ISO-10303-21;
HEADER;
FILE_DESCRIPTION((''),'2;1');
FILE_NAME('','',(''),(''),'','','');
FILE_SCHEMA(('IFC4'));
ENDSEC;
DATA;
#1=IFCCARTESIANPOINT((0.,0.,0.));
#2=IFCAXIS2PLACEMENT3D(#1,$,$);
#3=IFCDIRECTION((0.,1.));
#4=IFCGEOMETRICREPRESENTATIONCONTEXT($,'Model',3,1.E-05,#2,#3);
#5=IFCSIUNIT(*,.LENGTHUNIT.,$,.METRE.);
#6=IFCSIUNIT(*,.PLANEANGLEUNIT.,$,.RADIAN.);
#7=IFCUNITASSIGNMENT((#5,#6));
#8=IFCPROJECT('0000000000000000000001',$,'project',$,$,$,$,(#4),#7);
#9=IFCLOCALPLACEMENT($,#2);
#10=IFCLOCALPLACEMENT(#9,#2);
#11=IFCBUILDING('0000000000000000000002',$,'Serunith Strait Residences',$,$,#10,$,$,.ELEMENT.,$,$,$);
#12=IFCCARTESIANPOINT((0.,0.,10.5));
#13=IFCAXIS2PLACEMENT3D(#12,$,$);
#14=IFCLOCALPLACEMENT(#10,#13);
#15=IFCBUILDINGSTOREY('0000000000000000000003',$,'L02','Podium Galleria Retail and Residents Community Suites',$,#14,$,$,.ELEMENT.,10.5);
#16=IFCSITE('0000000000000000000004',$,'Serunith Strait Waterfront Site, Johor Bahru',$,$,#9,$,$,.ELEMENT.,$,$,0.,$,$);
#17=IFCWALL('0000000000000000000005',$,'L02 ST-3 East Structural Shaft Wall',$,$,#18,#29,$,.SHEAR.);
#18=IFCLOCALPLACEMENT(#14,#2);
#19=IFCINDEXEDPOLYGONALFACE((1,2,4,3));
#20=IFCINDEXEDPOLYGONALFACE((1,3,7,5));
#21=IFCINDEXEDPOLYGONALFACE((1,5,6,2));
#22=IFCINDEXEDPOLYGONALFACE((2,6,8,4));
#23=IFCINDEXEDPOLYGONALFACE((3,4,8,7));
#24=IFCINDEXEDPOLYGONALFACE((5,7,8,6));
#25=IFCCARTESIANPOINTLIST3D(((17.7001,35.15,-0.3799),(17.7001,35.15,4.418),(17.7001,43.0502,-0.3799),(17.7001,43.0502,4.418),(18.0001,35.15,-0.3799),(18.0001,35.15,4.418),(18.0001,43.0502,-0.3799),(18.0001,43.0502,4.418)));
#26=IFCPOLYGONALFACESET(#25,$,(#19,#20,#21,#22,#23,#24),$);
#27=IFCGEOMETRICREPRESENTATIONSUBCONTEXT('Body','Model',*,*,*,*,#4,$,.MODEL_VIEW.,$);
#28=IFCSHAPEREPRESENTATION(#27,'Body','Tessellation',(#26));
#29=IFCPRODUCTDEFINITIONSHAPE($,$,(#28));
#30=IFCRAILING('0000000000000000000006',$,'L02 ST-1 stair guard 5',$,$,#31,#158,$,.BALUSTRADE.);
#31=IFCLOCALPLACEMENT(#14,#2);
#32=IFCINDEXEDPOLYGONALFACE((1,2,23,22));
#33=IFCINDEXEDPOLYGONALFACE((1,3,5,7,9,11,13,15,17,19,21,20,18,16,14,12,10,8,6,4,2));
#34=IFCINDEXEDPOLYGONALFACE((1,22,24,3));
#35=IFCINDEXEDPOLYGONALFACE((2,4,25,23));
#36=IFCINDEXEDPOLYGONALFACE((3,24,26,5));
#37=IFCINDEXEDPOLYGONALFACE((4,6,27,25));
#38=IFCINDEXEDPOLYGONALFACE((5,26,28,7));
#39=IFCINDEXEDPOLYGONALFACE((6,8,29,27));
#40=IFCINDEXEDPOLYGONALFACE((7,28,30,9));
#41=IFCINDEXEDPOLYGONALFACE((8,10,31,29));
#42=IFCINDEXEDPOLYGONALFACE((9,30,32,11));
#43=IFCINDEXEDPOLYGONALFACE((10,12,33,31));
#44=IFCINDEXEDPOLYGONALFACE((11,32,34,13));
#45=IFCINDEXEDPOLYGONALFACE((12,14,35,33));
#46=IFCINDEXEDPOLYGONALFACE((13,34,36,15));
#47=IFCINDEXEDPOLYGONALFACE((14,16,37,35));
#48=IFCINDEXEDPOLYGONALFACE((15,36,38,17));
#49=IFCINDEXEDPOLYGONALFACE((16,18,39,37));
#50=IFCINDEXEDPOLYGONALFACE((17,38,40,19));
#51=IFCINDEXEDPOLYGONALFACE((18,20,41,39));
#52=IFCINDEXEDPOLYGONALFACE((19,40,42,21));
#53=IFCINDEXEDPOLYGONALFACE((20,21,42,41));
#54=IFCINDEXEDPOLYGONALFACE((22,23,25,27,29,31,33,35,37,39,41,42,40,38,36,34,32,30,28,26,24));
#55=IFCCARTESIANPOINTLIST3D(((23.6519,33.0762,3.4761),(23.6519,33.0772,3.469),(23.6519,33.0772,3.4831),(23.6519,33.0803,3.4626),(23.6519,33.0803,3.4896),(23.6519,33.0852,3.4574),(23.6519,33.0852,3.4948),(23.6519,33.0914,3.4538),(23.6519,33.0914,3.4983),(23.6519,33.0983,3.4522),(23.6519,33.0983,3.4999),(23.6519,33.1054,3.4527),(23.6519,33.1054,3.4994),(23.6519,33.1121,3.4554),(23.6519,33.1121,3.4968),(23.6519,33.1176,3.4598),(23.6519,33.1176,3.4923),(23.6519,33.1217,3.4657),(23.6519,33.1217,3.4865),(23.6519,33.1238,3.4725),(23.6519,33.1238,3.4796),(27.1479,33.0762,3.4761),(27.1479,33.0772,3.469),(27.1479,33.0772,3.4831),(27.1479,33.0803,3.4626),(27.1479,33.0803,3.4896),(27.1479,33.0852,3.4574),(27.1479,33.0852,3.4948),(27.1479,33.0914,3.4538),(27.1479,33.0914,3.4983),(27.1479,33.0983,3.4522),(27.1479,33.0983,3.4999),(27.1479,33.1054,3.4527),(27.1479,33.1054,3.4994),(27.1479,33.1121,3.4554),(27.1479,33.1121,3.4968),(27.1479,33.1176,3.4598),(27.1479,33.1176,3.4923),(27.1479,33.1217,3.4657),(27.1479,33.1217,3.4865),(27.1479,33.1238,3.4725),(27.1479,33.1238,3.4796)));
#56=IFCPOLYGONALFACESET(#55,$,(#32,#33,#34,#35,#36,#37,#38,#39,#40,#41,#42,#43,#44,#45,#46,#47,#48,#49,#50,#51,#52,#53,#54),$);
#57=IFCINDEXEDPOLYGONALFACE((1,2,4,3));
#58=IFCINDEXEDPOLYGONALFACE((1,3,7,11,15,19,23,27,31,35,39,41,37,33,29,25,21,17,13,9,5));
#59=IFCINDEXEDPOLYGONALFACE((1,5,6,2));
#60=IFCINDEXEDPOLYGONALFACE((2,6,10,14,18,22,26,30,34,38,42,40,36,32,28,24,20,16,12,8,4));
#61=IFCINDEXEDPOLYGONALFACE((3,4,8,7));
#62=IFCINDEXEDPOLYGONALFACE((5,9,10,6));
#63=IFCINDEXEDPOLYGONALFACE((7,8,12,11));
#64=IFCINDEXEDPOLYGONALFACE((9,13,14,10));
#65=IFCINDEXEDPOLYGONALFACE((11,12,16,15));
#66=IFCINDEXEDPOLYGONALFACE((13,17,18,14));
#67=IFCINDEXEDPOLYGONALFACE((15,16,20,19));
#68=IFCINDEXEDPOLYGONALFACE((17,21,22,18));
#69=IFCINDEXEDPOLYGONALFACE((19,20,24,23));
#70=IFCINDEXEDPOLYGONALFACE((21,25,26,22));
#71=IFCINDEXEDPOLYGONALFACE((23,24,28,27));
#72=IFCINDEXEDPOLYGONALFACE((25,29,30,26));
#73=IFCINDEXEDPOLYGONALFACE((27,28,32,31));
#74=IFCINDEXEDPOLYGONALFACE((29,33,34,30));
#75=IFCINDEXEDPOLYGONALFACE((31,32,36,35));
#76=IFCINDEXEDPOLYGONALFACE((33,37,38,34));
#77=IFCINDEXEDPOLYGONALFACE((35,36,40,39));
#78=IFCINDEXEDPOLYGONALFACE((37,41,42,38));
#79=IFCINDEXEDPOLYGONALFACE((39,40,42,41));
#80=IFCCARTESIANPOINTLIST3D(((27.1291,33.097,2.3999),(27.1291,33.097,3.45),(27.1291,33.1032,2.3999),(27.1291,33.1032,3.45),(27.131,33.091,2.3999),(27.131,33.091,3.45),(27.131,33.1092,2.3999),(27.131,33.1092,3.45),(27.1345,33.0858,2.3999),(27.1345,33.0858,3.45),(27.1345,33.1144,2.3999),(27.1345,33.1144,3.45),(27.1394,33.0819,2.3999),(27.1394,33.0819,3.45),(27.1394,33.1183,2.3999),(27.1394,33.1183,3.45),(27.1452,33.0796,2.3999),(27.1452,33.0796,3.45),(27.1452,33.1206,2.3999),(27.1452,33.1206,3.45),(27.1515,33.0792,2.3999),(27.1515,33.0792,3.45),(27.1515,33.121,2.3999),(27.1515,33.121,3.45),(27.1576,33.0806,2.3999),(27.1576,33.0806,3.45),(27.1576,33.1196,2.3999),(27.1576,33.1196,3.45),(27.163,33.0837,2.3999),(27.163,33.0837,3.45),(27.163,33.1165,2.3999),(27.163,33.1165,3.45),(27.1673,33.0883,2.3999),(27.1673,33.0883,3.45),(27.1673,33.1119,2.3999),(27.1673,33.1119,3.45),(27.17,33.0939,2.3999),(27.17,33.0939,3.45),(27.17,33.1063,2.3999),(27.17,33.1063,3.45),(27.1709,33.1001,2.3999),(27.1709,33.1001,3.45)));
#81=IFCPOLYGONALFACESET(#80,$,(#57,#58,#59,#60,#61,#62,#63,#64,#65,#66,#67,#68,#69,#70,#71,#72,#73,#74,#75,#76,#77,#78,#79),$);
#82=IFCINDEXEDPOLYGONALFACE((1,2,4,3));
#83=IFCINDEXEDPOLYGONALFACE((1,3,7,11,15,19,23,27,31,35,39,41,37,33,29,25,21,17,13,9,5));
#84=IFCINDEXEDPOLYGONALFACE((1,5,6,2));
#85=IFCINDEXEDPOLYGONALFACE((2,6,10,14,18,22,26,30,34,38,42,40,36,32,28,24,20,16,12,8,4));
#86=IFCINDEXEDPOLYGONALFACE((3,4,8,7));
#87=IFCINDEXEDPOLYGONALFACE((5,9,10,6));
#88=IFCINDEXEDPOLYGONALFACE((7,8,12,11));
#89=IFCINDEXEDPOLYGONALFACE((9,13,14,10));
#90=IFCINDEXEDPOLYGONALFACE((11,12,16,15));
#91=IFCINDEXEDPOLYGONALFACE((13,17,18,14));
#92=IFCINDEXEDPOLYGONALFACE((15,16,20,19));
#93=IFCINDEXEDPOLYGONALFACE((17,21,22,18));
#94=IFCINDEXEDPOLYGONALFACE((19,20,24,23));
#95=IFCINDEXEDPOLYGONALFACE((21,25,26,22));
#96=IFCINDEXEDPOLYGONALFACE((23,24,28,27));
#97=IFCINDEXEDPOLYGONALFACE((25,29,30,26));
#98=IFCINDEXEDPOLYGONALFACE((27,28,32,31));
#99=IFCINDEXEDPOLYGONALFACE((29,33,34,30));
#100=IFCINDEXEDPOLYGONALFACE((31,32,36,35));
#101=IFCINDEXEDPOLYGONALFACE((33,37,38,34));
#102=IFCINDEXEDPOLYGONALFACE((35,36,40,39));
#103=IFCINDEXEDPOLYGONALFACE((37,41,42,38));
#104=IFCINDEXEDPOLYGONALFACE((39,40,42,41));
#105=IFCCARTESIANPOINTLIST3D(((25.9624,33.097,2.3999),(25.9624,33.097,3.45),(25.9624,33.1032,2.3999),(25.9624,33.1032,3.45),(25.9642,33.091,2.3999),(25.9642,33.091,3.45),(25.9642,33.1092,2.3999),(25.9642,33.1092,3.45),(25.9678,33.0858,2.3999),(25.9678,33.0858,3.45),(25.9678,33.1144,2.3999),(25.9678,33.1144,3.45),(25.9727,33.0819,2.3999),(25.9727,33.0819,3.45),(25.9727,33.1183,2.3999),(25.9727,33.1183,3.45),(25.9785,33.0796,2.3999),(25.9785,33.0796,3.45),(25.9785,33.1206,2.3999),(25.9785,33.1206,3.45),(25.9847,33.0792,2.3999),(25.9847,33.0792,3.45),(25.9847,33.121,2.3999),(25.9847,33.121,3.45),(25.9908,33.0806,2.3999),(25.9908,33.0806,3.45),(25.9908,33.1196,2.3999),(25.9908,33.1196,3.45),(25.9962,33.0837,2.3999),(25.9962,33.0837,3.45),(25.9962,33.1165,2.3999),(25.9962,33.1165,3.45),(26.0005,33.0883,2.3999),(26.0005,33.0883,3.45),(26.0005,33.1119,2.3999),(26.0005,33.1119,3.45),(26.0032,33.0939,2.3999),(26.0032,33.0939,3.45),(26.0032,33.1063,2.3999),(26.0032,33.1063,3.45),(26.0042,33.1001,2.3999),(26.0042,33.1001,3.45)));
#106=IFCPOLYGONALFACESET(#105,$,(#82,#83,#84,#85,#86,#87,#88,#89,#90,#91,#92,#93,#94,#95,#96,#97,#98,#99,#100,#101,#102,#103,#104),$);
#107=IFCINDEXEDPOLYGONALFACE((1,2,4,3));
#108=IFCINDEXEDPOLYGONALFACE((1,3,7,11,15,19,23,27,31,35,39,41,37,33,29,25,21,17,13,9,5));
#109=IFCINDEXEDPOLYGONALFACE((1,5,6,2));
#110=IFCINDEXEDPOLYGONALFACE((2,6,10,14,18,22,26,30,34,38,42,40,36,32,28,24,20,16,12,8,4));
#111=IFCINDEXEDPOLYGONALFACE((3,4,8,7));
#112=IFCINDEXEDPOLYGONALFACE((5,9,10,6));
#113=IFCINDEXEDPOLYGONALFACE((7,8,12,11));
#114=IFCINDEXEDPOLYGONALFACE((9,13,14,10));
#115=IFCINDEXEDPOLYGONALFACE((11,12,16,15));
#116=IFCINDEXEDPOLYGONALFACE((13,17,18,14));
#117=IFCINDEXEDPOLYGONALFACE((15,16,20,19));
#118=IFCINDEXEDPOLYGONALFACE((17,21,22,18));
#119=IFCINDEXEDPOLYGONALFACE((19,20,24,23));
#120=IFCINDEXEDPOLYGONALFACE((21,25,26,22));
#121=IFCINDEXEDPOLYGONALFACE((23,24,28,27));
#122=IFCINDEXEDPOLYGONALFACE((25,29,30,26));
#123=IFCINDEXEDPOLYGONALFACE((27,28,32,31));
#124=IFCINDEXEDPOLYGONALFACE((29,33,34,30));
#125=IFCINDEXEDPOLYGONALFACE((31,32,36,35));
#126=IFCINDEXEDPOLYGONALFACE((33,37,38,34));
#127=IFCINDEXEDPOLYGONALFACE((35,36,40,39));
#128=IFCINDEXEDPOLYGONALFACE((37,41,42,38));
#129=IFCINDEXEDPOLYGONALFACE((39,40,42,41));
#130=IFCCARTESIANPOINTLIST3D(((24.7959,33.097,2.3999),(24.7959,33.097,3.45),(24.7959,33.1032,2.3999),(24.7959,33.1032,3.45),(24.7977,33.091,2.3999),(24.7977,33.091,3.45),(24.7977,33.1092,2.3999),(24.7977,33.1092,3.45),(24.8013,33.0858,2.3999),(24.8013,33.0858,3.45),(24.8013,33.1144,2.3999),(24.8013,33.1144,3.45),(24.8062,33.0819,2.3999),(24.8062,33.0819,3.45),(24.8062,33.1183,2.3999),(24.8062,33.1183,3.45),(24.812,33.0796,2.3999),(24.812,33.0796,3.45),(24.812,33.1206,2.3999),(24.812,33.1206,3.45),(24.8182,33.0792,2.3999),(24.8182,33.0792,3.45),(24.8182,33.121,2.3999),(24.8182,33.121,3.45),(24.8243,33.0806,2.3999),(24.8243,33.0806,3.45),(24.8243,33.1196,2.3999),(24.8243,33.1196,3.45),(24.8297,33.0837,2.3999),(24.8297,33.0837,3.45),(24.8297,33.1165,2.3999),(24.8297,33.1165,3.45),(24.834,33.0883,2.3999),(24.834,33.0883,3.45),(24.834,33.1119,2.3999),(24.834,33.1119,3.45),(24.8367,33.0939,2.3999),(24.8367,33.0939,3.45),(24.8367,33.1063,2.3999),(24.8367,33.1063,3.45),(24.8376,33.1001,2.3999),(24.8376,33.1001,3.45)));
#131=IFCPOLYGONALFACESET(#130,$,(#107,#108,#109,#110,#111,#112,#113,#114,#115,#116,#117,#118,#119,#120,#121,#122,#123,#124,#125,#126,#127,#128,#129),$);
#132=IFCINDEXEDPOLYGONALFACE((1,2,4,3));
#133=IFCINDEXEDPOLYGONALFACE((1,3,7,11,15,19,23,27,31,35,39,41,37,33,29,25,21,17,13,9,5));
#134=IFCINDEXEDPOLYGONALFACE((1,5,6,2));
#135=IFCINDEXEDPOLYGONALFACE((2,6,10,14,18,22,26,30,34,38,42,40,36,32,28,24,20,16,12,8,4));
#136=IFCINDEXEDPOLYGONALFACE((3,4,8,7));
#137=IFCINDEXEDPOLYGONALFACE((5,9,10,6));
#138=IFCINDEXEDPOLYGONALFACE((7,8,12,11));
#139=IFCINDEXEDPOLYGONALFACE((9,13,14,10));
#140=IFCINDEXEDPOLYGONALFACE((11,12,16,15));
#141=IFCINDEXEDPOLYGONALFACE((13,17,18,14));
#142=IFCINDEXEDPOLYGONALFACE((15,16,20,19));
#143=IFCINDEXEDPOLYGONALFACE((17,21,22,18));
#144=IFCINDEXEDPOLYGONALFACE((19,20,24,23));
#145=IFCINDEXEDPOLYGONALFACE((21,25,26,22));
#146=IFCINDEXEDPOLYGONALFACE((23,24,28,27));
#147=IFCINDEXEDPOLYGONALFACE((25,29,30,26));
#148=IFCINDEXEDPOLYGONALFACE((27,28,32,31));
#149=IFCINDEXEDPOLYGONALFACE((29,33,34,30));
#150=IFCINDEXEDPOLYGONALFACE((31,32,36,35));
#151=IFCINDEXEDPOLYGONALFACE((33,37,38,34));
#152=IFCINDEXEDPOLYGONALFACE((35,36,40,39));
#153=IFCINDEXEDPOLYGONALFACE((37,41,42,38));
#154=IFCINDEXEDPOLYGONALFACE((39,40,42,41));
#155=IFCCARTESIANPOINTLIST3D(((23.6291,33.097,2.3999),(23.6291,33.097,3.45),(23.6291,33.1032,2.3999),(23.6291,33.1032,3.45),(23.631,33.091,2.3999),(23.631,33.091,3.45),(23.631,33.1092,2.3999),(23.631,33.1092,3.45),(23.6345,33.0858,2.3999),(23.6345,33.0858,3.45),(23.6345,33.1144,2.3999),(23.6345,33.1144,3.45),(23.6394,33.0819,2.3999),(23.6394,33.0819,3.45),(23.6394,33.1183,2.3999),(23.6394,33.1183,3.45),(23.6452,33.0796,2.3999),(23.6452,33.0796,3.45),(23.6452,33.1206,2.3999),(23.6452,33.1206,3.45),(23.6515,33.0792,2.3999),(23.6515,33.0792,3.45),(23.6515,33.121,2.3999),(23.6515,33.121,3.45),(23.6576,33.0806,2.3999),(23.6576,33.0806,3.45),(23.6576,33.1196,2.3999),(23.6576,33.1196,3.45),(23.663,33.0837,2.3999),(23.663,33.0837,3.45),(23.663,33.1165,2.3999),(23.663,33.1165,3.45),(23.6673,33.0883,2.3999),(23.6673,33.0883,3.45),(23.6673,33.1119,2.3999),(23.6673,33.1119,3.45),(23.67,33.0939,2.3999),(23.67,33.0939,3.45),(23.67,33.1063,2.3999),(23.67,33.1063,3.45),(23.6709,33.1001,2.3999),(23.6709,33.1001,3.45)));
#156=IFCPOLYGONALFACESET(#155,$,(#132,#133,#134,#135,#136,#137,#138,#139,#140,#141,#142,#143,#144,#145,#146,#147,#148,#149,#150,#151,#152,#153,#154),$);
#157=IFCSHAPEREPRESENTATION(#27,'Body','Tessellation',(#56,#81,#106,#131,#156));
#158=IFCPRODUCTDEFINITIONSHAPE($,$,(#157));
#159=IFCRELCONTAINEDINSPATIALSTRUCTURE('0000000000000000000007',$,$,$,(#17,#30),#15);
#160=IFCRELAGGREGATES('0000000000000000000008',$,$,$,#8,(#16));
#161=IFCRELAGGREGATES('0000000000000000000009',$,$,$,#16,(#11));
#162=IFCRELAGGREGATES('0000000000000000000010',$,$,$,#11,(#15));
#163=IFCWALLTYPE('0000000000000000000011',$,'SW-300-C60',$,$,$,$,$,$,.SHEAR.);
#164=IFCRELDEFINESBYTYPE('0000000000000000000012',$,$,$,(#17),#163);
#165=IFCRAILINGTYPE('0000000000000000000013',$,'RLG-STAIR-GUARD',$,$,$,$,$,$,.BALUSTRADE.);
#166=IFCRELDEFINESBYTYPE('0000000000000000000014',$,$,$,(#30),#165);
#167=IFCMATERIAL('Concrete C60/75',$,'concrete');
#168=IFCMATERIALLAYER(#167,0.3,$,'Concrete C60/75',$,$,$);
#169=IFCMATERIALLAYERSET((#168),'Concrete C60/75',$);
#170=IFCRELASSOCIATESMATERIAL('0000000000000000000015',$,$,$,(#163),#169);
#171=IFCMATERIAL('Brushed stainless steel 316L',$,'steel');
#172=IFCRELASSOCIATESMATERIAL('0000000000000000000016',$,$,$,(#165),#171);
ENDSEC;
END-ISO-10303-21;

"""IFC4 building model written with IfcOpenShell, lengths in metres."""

from ifc_helpers import new_model, si_unit, direction, frame, frame_2d, origin, origin_2d, place, context, subcontext, project, spatial, rectangle, circle, extrude, material, layer, layer_set, type_object, element, save


model = new_model("IFC4")

# Units and contexts
model_context = context("Model", 3, precision=1e-05, world=origin(), true_north=direction((0.0, 1.0)))
body_context = subcontext(model_context, "Body", "Model", "MODEL_VIEW")
ifc_project = project(units=[si_unit("LENGTHUNIT", "METRE"), si_unit("PLANEANGLEUNIT", "RADIAN")], contexts=[model_context])

# Site, building, storey
site_placement = place(None, origin())
site = spatial("IfcSite", under=ifc_project, at=site_placement, Name="Serunith Strait Waterfront Site, Johor Bahru", CompositionType="ELEMENT", RefElevation=0.0)
building_placement = place(site_placement, origin())
building = spatial("IfcBuilding", under=site, at=building_placement, Name="Serunith Strait Residences", CompositionType="ELEMENT")
storey_placement = place(building_placement, frame((0.0, 0.0, 10.5)))
storey = spatial("IfcBuildingStorey", under=building, at=storey_placement, Name="L02", Description="Podium Galleria Retail and Residents Community Suites", CompositionType="ELEMENT", Elevation=10.5)

# Wall
ifc_material_1 = material(Name="Concrete C60/75", Category="concrete")
ifc_layer_1 = layer(ifc_material_1, 0.3, Name="Concrete C60/75")
ifc_layer_set_1 = layer_set([ifc_layer_1], Name="Concrete C60/75")
wall_type_1 = type_object("IfcWallType", Name="SW-300-C60", PredefinedType="SHEAR", material=ifc_layer_set_1)
wall_1_placement = place(storey_placement, frame((17.8501, 35.1499, -0.3799), z_axis=(0.0, 0.0, 1.0), x_axis=(0.0, 1.0, 0.0)))
element("IfcWall", 1, at=wall_1_placement, inside=storey, type_object=wall_type_1, Name="L02 ST-3 East Structural Shaft Wall", PredefinedType="SHEAR", context=body_context, shape_type="SweptSolid", body=[
    extrude(rectangle(XDim=7.9001, YDim=0.3, at=frame_2d((3.9502, 0.0))), origin(), (0.0, 0.0, 1.0), 4.7979),
])

# Railing
ifc_material_2 = material(Name="Brushed stainless steel 316L", Category="steel")
railing_type_1 = type_object("IfcRailingType", Name="RLG-STAIR-GUARD", PredefinedType="BALUSTRADE", material=ifc_material_2)
railing_1_placement = place(storey_placement, frame((27.1499, 33.1001, 2.3999)))
element("IfcRailing", 2, at=railing_1_placement, inside=storey, type_object=railing_type_1, Name="L02 ST-1 stair guard 5", PredefinedType="BALUSTRADE", context=body_context, shape_type="SweptSolid", body=[
    extrude(circle(Radius=0.0239, at=origin_2d()), frame((-0.002, 0.0, 1.0762), z_axis=(-1.0, 0.0, 0.0), x_axis=(0.0, -1.0, 0.0)), (0.0, 0.0, 1.0), 3.4961),
    extrude(circle(Radius=0.021, at=origin_2d()), origin(), (0.0, 0.0, 1.0), 1.05),
    extrude(circle(Radius=0.021, at=origin_2d()), frame((-1.1667, 0.0, 0.0)), (0.0, 0.0, 1.0), 1.05),
    extrude(circle(Radius=0.021, at=origin_2d()), frame((-2.3333, 0.0, 0.0)), (0.0, 0.0, 1.0), 1.05),
    extrude(circle(Radius=0.021, at=origin_2d()), frame((-3.5, 0.0, 0.0)), (0.0, 0.0, 1.0), 1.05),
])

save(model, "model.ifc")
